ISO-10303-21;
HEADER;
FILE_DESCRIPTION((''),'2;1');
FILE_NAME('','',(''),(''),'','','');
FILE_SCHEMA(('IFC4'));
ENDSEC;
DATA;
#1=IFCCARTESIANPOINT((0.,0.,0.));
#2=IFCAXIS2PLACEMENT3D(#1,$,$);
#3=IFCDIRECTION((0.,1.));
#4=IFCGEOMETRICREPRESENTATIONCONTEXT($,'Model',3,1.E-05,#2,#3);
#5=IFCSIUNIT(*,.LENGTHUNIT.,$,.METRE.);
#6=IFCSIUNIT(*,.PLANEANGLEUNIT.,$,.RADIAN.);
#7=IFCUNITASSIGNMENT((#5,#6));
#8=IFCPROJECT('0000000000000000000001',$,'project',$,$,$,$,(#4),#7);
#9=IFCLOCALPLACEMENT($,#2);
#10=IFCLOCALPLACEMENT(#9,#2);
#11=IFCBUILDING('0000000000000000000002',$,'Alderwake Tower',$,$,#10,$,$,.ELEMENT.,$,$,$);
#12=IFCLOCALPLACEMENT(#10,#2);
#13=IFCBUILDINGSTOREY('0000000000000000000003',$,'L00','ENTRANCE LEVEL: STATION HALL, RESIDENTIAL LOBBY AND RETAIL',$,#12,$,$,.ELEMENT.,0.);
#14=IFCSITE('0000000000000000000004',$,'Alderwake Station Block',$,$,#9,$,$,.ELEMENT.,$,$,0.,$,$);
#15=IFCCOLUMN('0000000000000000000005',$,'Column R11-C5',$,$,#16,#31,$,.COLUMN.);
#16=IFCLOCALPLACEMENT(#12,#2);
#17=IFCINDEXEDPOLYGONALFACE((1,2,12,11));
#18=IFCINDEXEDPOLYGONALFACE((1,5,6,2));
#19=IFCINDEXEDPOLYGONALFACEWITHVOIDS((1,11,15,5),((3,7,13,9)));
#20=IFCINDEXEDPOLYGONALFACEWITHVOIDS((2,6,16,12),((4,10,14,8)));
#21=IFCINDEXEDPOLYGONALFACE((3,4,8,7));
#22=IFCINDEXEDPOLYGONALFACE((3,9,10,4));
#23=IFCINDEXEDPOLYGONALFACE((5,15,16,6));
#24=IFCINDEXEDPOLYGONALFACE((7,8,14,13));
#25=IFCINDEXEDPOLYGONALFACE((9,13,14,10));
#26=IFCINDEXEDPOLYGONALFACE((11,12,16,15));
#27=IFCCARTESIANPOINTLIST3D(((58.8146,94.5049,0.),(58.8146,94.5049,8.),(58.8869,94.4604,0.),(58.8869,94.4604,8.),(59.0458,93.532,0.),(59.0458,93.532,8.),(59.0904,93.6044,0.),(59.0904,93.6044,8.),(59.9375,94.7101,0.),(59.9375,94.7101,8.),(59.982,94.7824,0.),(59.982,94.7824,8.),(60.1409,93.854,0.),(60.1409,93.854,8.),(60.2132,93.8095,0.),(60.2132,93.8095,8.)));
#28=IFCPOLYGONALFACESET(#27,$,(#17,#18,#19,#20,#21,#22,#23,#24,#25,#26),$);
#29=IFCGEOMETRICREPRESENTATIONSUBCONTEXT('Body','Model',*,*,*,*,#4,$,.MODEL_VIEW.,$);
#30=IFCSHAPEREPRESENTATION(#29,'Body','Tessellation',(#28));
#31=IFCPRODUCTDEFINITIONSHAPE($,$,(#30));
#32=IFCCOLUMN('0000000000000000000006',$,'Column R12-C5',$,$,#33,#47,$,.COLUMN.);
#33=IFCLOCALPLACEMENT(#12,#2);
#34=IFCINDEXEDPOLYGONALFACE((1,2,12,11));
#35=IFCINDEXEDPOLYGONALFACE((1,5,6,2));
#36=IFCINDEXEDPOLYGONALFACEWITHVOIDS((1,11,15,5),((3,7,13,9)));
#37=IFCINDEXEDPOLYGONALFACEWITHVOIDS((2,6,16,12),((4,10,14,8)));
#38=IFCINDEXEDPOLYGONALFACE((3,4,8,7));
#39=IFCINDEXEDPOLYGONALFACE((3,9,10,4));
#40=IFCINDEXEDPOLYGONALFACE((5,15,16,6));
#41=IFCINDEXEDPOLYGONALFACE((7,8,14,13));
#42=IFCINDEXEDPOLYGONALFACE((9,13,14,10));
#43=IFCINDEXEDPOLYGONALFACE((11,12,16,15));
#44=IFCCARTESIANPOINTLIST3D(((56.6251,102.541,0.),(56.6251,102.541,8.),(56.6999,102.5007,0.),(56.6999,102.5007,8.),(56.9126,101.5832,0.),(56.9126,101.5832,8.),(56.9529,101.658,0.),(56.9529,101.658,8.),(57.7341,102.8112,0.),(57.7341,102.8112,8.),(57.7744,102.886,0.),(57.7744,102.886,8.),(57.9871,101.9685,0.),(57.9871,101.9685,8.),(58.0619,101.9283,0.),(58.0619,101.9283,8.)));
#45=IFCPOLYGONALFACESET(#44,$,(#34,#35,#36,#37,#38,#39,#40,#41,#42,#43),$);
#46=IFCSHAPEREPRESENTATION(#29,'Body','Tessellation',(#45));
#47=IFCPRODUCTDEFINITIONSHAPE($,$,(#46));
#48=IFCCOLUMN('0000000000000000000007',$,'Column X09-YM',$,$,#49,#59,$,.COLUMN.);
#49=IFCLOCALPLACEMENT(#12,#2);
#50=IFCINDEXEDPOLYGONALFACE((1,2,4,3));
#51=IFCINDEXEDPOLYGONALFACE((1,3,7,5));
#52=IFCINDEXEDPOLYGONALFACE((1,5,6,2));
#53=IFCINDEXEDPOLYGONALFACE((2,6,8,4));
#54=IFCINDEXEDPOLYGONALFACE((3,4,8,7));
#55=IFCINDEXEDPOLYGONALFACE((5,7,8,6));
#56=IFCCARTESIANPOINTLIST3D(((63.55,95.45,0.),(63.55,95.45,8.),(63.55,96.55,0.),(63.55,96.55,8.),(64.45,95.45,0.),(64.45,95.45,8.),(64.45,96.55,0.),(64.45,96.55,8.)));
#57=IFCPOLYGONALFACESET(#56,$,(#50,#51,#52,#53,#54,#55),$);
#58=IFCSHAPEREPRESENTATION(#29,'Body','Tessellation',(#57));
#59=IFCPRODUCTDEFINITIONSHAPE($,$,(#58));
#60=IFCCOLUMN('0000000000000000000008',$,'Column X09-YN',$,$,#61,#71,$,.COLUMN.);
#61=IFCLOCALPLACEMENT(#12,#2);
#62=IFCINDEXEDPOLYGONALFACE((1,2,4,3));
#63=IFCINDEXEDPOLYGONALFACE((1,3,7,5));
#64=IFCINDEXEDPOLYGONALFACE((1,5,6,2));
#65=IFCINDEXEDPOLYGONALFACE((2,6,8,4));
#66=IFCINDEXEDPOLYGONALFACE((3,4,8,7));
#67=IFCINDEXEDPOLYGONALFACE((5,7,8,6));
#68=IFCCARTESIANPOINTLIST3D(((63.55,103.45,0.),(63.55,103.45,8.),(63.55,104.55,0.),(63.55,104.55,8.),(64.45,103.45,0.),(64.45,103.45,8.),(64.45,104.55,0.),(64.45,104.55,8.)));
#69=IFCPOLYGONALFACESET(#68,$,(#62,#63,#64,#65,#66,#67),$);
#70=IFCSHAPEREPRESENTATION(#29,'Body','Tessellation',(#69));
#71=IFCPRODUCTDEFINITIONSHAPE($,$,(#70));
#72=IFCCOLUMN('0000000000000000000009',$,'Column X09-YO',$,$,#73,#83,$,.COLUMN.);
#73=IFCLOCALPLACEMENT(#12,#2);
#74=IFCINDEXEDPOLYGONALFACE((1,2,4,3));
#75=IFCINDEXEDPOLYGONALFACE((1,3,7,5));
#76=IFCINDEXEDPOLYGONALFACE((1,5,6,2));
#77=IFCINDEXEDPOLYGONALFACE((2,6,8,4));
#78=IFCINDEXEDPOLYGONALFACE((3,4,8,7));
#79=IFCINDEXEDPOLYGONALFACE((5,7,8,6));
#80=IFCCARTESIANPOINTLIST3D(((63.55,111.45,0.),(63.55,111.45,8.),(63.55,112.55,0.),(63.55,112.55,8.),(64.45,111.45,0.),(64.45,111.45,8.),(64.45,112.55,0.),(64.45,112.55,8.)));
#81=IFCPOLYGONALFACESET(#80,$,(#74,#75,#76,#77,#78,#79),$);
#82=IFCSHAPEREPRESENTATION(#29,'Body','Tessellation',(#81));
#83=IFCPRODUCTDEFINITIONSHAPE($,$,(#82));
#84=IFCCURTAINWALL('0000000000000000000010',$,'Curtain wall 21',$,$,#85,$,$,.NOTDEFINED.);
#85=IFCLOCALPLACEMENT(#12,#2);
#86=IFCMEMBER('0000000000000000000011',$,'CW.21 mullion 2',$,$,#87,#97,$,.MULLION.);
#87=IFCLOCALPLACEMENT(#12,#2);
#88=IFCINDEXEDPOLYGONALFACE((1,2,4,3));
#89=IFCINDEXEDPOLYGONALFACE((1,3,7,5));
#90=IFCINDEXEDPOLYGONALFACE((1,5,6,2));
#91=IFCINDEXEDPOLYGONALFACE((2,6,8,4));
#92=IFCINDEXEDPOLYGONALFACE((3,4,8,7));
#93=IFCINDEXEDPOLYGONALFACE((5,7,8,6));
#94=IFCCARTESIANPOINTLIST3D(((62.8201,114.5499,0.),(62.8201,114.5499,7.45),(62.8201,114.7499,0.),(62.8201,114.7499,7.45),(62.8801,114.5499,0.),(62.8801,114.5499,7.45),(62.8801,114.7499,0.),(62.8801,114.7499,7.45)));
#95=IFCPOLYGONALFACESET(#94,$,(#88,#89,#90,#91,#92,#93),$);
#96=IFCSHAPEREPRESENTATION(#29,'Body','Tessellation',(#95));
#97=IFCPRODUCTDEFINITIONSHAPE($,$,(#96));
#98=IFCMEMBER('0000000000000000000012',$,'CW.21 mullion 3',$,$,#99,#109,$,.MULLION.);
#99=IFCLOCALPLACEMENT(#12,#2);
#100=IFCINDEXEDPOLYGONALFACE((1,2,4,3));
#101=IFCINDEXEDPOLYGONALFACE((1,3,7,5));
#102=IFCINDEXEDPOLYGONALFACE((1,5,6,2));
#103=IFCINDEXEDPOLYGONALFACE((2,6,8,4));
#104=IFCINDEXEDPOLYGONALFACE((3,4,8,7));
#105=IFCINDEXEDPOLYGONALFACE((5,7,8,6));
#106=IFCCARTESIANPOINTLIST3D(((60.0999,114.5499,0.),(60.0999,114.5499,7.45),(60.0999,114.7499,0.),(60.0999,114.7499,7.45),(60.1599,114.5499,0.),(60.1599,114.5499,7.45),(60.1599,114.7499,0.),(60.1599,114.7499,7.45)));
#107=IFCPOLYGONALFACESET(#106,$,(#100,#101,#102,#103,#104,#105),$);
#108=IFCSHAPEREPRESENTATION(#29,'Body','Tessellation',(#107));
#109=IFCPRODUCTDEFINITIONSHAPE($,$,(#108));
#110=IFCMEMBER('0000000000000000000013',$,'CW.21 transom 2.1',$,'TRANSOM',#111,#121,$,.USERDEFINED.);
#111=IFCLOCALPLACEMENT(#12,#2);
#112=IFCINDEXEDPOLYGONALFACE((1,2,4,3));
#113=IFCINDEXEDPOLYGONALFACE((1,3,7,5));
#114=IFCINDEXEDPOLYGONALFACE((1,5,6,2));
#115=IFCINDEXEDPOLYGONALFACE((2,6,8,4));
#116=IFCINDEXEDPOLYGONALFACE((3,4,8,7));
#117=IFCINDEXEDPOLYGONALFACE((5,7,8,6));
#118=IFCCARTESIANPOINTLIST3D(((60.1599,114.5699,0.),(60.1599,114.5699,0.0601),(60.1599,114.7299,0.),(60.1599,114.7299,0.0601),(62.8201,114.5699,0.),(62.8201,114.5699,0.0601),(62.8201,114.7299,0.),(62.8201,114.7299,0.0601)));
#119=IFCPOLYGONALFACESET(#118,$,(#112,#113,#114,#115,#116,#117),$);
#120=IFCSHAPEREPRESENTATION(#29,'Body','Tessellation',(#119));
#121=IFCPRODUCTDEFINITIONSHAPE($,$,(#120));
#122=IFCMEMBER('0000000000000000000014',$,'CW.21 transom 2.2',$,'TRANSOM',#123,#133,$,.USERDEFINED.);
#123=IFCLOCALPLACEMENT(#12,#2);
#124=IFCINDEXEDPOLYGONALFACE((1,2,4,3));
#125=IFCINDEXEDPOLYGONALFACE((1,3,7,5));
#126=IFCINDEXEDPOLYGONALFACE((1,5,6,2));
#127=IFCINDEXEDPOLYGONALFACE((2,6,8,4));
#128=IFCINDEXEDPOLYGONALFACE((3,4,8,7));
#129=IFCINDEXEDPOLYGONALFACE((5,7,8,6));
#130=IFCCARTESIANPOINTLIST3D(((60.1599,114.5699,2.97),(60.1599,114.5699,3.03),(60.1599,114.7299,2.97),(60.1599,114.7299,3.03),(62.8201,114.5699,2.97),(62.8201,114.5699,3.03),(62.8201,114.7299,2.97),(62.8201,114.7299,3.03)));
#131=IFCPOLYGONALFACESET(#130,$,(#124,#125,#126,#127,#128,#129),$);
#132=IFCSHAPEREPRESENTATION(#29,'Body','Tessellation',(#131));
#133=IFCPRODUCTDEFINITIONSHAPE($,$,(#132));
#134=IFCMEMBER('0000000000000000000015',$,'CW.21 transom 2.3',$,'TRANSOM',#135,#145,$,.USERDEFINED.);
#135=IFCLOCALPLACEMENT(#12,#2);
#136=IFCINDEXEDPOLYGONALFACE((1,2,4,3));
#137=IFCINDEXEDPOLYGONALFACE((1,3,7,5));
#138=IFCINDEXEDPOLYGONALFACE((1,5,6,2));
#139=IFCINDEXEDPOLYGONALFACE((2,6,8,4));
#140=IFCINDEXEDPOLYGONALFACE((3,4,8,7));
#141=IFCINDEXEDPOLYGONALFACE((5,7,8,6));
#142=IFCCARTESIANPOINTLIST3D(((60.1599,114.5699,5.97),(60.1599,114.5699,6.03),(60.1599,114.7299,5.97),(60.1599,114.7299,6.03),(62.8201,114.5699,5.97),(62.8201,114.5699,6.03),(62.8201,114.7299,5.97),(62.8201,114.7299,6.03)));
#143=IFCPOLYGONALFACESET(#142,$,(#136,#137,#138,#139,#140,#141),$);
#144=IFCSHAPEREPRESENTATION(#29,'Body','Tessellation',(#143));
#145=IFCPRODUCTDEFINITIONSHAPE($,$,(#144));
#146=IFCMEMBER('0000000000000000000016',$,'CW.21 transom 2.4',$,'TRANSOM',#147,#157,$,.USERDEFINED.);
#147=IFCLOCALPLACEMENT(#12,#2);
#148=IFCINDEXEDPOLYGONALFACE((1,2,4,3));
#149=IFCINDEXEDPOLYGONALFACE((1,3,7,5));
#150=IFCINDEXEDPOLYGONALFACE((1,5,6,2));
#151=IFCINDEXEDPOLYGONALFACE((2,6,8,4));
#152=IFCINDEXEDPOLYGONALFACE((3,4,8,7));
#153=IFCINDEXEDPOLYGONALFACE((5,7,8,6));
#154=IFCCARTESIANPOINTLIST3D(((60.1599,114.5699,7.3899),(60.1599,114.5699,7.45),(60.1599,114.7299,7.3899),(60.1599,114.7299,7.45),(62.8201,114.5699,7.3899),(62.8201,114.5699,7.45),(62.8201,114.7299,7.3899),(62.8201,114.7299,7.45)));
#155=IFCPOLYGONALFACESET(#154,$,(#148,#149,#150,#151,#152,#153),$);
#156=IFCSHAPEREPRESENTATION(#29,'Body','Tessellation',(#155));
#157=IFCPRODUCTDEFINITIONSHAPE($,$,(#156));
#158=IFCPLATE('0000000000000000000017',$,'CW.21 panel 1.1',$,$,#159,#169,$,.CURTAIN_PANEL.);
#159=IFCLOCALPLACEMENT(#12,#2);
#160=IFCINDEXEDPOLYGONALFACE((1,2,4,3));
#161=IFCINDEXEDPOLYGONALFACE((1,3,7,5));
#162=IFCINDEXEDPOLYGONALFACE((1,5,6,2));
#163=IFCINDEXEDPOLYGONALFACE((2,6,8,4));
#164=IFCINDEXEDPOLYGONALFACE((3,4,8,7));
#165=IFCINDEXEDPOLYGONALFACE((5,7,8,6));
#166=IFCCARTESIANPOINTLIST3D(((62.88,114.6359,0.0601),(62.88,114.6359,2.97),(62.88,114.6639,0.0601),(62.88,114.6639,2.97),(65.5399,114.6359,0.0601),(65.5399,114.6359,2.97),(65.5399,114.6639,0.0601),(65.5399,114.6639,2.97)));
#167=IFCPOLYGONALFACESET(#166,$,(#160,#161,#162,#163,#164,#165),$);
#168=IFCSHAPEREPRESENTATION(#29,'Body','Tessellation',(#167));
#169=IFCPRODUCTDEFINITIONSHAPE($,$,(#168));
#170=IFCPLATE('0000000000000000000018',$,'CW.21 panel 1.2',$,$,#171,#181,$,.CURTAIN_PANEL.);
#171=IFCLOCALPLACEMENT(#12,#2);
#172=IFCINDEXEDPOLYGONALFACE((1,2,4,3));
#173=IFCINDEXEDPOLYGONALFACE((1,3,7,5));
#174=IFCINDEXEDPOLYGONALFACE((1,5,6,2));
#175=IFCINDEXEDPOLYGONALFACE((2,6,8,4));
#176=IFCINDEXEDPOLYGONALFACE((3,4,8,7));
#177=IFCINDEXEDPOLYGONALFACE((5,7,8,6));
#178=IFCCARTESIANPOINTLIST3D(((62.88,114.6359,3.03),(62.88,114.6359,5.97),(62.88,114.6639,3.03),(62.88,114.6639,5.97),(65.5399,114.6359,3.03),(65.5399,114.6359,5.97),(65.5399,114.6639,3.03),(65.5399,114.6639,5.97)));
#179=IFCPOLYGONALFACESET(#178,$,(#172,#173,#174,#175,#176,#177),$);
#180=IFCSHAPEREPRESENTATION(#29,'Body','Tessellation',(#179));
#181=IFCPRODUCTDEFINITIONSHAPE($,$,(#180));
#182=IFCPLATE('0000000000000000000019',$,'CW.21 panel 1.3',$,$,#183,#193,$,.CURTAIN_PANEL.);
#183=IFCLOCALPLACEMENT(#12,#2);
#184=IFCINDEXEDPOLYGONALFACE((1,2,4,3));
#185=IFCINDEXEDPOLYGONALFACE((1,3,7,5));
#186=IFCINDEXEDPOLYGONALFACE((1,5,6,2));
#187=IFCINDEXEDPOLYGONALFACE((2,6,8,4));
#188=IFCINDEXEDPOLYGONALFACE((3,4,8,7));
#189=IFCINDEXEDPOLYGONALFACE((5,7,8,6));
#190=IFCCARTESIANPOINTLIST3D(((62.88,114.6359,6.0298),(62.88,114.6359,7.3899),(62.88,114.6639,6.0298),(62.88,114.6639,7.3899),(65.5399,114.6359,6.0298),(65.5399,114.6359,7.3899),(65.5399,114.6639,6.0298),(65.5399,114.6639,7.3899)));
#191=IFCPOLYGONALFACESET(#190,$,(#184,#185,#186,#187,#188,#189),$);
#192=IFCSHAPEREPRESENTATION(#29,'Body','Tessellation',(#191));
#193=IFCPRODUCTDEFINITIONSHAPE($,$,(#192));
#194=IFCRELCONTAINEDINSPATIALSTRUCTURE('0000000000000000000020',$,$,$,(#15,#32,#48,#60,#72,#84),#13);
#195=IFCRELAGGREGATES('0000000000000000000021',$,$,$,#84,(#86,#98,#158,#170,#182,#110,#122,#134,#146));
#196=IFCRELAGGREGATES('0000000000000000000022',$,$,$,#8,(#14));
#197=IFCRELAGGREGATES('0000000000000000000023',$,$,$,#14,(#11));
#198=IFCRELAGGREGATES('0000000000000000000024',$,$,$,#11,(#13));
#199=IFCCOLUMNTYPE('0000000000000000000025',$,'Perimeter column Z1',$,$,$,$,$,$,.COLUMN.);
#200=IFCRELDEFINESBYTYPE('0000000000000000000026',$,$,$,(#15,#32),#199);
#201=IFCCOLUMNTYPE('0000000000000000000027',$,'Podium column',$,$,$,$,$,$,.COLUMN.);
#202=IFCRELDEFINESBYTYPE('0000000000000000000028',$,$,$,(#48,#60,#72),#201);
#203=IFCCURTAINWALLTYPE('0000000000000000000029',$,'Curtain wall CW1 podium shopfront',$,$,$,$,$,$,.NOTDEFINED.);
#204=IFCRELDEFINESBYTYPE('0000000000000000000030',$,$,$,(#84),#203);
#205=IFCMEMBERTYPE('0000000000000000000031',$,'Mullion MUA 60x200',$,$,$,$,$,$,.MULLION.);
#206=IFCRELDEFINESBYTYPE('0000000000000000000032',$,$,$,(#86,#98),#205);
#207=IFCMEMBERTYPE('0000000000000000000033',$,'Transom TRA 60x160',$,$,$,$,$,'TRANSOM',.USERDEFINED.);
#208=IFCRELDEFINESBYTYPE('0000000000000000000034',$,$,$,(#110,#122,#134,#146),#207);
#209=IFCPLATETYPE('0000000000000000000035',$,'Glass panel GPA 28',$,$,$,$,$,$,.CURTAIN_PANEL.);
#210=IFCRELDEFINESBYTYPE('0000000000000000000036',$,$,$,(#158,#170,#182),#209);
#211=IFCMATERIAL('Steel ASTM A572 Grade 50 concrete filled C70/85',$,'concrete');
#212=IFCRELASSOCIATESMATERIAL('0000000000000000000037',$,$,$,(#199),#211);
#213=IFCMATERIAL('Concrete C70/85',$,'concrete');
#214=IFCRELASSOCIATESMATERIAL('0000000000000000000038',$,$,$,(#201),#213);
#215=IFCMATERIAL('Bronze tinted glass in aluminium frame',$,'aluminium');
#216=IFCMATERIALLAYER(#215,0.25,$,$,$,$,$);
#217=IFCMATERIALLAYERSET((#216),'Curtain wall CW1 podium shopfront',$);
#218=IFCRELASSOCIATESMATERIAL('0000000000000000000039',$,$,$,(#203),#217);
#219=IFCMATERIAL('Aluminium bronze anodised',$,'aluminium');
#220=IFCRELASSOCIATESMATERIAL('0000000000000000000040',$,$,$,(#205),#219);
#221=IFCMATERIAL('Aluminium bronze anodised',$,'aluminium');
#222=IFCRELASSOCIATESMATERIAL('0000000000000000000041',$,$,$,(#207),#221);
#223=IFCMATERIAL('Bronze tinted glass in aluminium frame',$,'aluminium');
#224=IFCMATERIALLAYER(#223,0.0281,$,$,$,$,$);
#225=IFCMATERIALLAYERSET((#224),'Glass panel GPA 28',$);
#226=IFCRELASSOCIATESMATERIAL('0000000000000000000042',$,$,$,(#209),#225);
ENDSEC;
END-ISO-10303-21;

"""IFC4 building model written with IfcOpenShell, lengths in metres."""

from ifc_helpers import new_model, si_unit, direction, frame, origin, origin_2d, place, context, subcontext, project, spatial, rectangle, hollow_rectangle, extrude, material, layer, layer_set, material_profile, profile_set, type_object, element, aggregate, save


model = new_model("IFC4")

# Units and contexts
model_context = context("Model", 3, precision=1e-05, world=origin(), true_north=direction((0.0, 1.0)))
body_context = subcontext(model_context, "Body", "Model", "MODEL_VIEW")
ifc_project = project(units=[si_unit("LENGTHUNIT", "METRE"), si_unit("PLANEANGLEUNIT", "RADIAN")], contexts=[model_context])

# Site, building, storey
site_placement = place(None, origin())
site = spatial("IfcSite", under=ifc_project, at=site_placement, Name="Alderwake Station Block", CompositionType="ELEMENT", RefElevation=0.0)
building_placement = place(site_placement, origin())
building = spatial("IfcBuilding", under=site, at=building_placement, Name="Alderwake Tower", CompositionType="ELEMENT")
storey_placement = place(building_placement, origin())
storey = spatial("IfcBuildingStorey", under=building, at=storey_placement, Name="L00", Description="ENTRANCE LEVEL: STATION HALL, RESIDENTIAL LOBBY AND RETAIL", CompositionType="ELEMENT", Elevation=0.0)

# Columns
ifc_material_1 = material(Name="Steel ASTM A572 Grade 50 concrete filled C70/85", Category="concrete")
ifc_material_profile_1 = material_profile(ifc_material_1, hollow_rectangle(XDim=1.0, YDim=1.2, WallThickness=0.0601, at=origin_2d()), Name="BOX 1200X1000X60")
ifc_profile_set_1 = profile_set([ifc_material_profile_1], Name="Steel ASTM A572 Grade 50 concrete filled C70/85")
column_type_1 = type_object("IfcColumnType", Name="Perimeter column Z1", PredefinedType="COLUMN", material=ifc_profile_set_1)
for number, where, z_axis, x_axis, name in (
    (1, (59.5139, 94.1572, 0.0), (0.0, 0.0, 1.0), (-0.231222, 0.972901, 0.0), "Column R11-C5"),
    (2, (57.3435, 102.2346, 0.0), (0.0, 0.0, 1.0), (-0.287549, 0.957766, 0.0), "Column R12-C5"),
):
    element("IfcColumn", number, at=place(storey_placement, frame(where, z_axis=z_axis, x_axis=x_axis)), inside=storey, type_object=column_type_1, Name=name, PredefinedType="COLUMN", context=body_context, shape_type="SweptSolid", body=[
        extrude(hollow_rectangle(XDim=1.0, YDim=1.2, WallThickness=0.0601, at=origin_2d()), origin(), (0.0, 0.0, 1.0), 8.0),
    ])
ifc_material_2 = material(Name="Concrete C70/85", Category="concrete")
ifc_material_profile_2 = material_profile(ifc_material_2, rectangle(XDim=0.8999, YDim=1.1001, at=origin_2d()), Name="RC 1100X900")
ifc_profile_set_2 = profile_set([ifc_material_profile_2], Name="Concrete C70/85")
column_type_2 = type_object("IfcColumnType", Name="Podium column", PredefinedType="COLUMN", material=ifc_profile_set_2)
for number, where, z_axis, x_axis, name in (
    (3, (64.0, 96.0, 0.0), (0.0, 0.0, 1.0), (1.0, 0.0, 0.0), "Column X09-YM"),
    (4, (64.0, 104.0, 0.0), (0.0, 0.0, 1.0), (1.0, 0.0, 0.0), "Column X09-YN"),
    (5, (64.0, 112.0, 0.0), (0.0, 0.0, 1.0), (1.0, 0.0, 0.0), "Column X09-YO"),
):
    element("IfcColumn", number, at=place(storey_placement, frame(where, z_axis=z_axis, x_axis=x_axis)), inside=storey, type_object=column_type_2, Name=name, PredefinedType="COLUMN", context=body_context, shape_type="SweptSolid", body=[
        extrude(rectangle(XDim=0.8999, YDim=1.1001, at=origin_2d()), origin(), (0.0, 0.0, 1.0), 8.0),
    ])

# Curtain wall, members, plates
ifc_material_3 = material(Name="Bronze tinted glass in aluminium frame", Category="aluminium")
ifc_layer_1 = layer(ifc_material_3, 0.25)
ifc_layer_set_1 = layer_set([ifc_layer_1], Name="Curtain wall CW1 podium shopfront")
curtain_wall_type = type_object("IfcCurtainWallType", Name="Curtain wall CW1 podium shopfront", PredefinedType="NOTDEFINED", material=ifc_layer_set_1)
curtain_wall_placement = place(storey_placement, origin())
curtain_wall = element("IfcCurtainWall", 6, at=curtain_wall_placement, inside=storey, type_object=curtain_wall_type, Name="Curtain wall 21", PredefinedType="NOTDEFINED")
ifc_material_4 = material(Name="Aluminium bronze anodised", Category="aluminium")
ifc_material_profile_3 = material_profile(ifc_material_4, rectangle(XDim=0.2, YDim=0.0601, at=origin_2d()), Name="Mullion MUA 60x200")
ifc_profile_set_3 = profile_set([ifc_material_profile_3], Name="Aluminium bronze anodised")
member_type_1 = type_object("IfcMemberType", Name="Mullion MUA 60x200", PredefinedType="MULLION", material=ifc_profile_set_3)
member_1_placement = place(storey_placement, frame((62.8501, 114.6499, 0.0), z_axis=(0.0, 0.0, 1.0), x_axis=(0.0, -1.0, 0.0)))
member_1 = element("IfcMember", 7, at=member_1_placement, type_object=member_type_1, Name="CW.21 mullion 2", PredefinedType="MULLION", context=body_context, shape_type="SweptSolid", body=[
    extrude(rectangle(XDim=0.2, YDim=0.0601, at=origin_2d()), origin(), (0.0, 0.0, 1.0), 7.45),
])
member_2_placement = place(storey_placement, frame((60.1299, 114.6499, 0.0), z_axis=(0.0, 0.0, 1.0), x_axis=(0.0, -1.0, 0.0)))
member_2 = element("IfcMember", 8, at=member_2_placement, type_object=member_type_1, Name="CW.21 mullion 3", PredefinedType="MULLION", context=body_context, shape_type="SweptSolid", body=[
    extrude(rectangle(XDim=0.2, YDim=0.0601, at=origin_2d()), origin(), (0.0, 0.0, 1.0), 7.45),
])
ifc_material_5 = material(Name="Aluminium bronze anodised", Category="aluminium")
ifc_material_profile_4 = material_profile(ifc_material_5, rectangle(XDim=0.1599, YDim=0.0601, at=origin_2d()), Name="Transom TRA 60x160")
ifc_profile_set_4 = profile_set([ifc_material_profile_4], Name="Aluminium bronze anodised")
member_type_2 = type_object("IfcMemberType", Name="Transom TRA 60x160", ElementType="TRANSOM", PredefinedType="USERDEFINED", material=ifc_profile_set_4)
member_3_placement = place(storey_placement, frame((62.8201, 114.6499, 0.03), z_axis=(-1.0, 0.0, 0.0), x_axis=(0.0, -1.0, 0.0)))
member_3 = element("IfcMember", 9, at=member_3_placement, type_object=member_type_2, Name="CW.21 transom 2.1", ObjectType="TRANSOM", PredefinedType="USERDEFINED", context=body_context, shape_type="SweptSolid", body=[
    extrude(rectangle(XDim=0.1599, YDim=0.0601, at=origin_2d()), origin(), (0.0, 0.0, 1.0), 2.6602),
])
member_4_placement = place(storey_placement, frame((62.8201, 114.6499, 3.0), z_axis=(-1.0, 0.0, 0.0), x_axis=(0.0, -1.0, 0.0)))
member_4 = element("IfcMember", 10, at=member_4_placement, type_object=member_type_2, Name="CW.21 transom 2.2", ObjectType="TRANSOM", PredefinedType="USERDEFINED", context=body_context, shape_type="SweptSolid", body=[
    extrude(rectangle(XDim=0.1599, YDim=0.0601, at=origin_2d()), origin(), (0.0, 0.0, 1.0), 2.6602),
])
member_5_placement = place(storey_placement, frame((62.8201, 114.6499, 6.0), z_axis=(-1.0, 0.0, 0.0), x_axis=(0.0, -1.0, 0.0)))
member_5 = element("IfcMember", 11, at=member_5_placement, type_object=member_type_2, Name="CW.21 transom 2.3", ObjectType="TRANSOM", PredefinedType="USERDEFINED", context=body_context, shape_type="SweptSolid", body=[
    extrude(rectangle(XDim=0.1599, YDim=0.0601, at=origin_2d()), origin(), (0.0, 0.0, 1.0), 2.6602),
])
member_6_placement = place(storey_placement, frame((62.8201, 114.6499, 7.4199), z_axis=(-1.0, 0.0, 0.0), x_axis=(0.0, -1.0, 0.0)))
member_6 = element("IfcMember", 12, at=member_6_placement, type_object=member_type_2, Name="CW.21 transom 2.4", ObjectType="TRANSOM", PredefinedType="USERDEFINED", context=body_context, shape_type="SweptSolid", body=[
    extrude(rectangle(XDim=0.1599, YDim=0.0601, at=origin_2d()), origin(), (0.0, 0.0, 1.0), 2.6602),
])
ifc_material_6 = material(Name="Bronze tinted glass in aluminium frame", Category="aluminium")
ifc_layer_2 = layer(ifc_material_6, 0.0281)
ifc_layer_set_2 = layer_set([ifc_layer_2], Name="Glass panel GPA 28")
plate_type = type_object("IfcPlateType", Name="Glass panel GPA 28", PredefinedType="CURTAIN_PANEL", material=ifc_layer_set_2)
plate_1_placement = place(storey_placement, frame((64.21, 114.6499, 0.0601), z_axis=(0.0, 0.0, 1.0), x_axis=(-1.0, 0.0, 0.0)))
plate_1 = element("IfcPlate", 13, at=plate_1_placement, type_object=plate_type, Name="CW.21 panel 1.1", PredefinedType="CURTAIN_PANEL", context=body_context, shape_type="SweptSolid", body=[
    extrude(rectangle(XDim=2.6599, YDim=0.0281, at=origin_2d()), origin(), (0.0, 0.0, 1.0), 2.9099),
])
plate_2_placement = place(storey_placement, frame((64.21, 114.6499, 3.03), z_axis=(0.0, 0.0, 1.0), x_axis=(-1.0, 0.0, 0.0)))
plate_2 = element("IfcPlate", 14, at=plate_2_placement, type_object=plate_type, Name="CW.21 panel 1.2", PredefinedType="CURTAIN_PANEL", context=body_context, shape_type="SweptSolid", body=[
    extrude(rectangle(XDim=2.6599, YDim=0.0281, at=origin_2d()), origin(), (0.0, 0.0, 1.0), 2.9399),
])
plate_3_placement = place(storey_placement, frame((64.21, 114.6499, 6.0298), z_axis=(0.0, 0.0, 1.0), x_axis=(-1.0, 0.0, 0.0)))
plate_3 = element("IfcPlate", 15, at=plate_3_placement, type_object=plate_type, Name="CW.21 panel 1.3", PredefinedType="CURTAIN_PANEL", context=body_context, shape_type="SweptSolid", body=[
    extrude(rectangle(XDim=2.6599, YDim=0.0281, at=origin_2d()), origin(), (0.0, 0.0, 1.0), 1.3601),
])
aggregate(curtain_wall, [member_1, member_2, plate_1, plate_2, plate_3, member_3, member_4, member_5, member_6])

save(model, "model.ifc")
